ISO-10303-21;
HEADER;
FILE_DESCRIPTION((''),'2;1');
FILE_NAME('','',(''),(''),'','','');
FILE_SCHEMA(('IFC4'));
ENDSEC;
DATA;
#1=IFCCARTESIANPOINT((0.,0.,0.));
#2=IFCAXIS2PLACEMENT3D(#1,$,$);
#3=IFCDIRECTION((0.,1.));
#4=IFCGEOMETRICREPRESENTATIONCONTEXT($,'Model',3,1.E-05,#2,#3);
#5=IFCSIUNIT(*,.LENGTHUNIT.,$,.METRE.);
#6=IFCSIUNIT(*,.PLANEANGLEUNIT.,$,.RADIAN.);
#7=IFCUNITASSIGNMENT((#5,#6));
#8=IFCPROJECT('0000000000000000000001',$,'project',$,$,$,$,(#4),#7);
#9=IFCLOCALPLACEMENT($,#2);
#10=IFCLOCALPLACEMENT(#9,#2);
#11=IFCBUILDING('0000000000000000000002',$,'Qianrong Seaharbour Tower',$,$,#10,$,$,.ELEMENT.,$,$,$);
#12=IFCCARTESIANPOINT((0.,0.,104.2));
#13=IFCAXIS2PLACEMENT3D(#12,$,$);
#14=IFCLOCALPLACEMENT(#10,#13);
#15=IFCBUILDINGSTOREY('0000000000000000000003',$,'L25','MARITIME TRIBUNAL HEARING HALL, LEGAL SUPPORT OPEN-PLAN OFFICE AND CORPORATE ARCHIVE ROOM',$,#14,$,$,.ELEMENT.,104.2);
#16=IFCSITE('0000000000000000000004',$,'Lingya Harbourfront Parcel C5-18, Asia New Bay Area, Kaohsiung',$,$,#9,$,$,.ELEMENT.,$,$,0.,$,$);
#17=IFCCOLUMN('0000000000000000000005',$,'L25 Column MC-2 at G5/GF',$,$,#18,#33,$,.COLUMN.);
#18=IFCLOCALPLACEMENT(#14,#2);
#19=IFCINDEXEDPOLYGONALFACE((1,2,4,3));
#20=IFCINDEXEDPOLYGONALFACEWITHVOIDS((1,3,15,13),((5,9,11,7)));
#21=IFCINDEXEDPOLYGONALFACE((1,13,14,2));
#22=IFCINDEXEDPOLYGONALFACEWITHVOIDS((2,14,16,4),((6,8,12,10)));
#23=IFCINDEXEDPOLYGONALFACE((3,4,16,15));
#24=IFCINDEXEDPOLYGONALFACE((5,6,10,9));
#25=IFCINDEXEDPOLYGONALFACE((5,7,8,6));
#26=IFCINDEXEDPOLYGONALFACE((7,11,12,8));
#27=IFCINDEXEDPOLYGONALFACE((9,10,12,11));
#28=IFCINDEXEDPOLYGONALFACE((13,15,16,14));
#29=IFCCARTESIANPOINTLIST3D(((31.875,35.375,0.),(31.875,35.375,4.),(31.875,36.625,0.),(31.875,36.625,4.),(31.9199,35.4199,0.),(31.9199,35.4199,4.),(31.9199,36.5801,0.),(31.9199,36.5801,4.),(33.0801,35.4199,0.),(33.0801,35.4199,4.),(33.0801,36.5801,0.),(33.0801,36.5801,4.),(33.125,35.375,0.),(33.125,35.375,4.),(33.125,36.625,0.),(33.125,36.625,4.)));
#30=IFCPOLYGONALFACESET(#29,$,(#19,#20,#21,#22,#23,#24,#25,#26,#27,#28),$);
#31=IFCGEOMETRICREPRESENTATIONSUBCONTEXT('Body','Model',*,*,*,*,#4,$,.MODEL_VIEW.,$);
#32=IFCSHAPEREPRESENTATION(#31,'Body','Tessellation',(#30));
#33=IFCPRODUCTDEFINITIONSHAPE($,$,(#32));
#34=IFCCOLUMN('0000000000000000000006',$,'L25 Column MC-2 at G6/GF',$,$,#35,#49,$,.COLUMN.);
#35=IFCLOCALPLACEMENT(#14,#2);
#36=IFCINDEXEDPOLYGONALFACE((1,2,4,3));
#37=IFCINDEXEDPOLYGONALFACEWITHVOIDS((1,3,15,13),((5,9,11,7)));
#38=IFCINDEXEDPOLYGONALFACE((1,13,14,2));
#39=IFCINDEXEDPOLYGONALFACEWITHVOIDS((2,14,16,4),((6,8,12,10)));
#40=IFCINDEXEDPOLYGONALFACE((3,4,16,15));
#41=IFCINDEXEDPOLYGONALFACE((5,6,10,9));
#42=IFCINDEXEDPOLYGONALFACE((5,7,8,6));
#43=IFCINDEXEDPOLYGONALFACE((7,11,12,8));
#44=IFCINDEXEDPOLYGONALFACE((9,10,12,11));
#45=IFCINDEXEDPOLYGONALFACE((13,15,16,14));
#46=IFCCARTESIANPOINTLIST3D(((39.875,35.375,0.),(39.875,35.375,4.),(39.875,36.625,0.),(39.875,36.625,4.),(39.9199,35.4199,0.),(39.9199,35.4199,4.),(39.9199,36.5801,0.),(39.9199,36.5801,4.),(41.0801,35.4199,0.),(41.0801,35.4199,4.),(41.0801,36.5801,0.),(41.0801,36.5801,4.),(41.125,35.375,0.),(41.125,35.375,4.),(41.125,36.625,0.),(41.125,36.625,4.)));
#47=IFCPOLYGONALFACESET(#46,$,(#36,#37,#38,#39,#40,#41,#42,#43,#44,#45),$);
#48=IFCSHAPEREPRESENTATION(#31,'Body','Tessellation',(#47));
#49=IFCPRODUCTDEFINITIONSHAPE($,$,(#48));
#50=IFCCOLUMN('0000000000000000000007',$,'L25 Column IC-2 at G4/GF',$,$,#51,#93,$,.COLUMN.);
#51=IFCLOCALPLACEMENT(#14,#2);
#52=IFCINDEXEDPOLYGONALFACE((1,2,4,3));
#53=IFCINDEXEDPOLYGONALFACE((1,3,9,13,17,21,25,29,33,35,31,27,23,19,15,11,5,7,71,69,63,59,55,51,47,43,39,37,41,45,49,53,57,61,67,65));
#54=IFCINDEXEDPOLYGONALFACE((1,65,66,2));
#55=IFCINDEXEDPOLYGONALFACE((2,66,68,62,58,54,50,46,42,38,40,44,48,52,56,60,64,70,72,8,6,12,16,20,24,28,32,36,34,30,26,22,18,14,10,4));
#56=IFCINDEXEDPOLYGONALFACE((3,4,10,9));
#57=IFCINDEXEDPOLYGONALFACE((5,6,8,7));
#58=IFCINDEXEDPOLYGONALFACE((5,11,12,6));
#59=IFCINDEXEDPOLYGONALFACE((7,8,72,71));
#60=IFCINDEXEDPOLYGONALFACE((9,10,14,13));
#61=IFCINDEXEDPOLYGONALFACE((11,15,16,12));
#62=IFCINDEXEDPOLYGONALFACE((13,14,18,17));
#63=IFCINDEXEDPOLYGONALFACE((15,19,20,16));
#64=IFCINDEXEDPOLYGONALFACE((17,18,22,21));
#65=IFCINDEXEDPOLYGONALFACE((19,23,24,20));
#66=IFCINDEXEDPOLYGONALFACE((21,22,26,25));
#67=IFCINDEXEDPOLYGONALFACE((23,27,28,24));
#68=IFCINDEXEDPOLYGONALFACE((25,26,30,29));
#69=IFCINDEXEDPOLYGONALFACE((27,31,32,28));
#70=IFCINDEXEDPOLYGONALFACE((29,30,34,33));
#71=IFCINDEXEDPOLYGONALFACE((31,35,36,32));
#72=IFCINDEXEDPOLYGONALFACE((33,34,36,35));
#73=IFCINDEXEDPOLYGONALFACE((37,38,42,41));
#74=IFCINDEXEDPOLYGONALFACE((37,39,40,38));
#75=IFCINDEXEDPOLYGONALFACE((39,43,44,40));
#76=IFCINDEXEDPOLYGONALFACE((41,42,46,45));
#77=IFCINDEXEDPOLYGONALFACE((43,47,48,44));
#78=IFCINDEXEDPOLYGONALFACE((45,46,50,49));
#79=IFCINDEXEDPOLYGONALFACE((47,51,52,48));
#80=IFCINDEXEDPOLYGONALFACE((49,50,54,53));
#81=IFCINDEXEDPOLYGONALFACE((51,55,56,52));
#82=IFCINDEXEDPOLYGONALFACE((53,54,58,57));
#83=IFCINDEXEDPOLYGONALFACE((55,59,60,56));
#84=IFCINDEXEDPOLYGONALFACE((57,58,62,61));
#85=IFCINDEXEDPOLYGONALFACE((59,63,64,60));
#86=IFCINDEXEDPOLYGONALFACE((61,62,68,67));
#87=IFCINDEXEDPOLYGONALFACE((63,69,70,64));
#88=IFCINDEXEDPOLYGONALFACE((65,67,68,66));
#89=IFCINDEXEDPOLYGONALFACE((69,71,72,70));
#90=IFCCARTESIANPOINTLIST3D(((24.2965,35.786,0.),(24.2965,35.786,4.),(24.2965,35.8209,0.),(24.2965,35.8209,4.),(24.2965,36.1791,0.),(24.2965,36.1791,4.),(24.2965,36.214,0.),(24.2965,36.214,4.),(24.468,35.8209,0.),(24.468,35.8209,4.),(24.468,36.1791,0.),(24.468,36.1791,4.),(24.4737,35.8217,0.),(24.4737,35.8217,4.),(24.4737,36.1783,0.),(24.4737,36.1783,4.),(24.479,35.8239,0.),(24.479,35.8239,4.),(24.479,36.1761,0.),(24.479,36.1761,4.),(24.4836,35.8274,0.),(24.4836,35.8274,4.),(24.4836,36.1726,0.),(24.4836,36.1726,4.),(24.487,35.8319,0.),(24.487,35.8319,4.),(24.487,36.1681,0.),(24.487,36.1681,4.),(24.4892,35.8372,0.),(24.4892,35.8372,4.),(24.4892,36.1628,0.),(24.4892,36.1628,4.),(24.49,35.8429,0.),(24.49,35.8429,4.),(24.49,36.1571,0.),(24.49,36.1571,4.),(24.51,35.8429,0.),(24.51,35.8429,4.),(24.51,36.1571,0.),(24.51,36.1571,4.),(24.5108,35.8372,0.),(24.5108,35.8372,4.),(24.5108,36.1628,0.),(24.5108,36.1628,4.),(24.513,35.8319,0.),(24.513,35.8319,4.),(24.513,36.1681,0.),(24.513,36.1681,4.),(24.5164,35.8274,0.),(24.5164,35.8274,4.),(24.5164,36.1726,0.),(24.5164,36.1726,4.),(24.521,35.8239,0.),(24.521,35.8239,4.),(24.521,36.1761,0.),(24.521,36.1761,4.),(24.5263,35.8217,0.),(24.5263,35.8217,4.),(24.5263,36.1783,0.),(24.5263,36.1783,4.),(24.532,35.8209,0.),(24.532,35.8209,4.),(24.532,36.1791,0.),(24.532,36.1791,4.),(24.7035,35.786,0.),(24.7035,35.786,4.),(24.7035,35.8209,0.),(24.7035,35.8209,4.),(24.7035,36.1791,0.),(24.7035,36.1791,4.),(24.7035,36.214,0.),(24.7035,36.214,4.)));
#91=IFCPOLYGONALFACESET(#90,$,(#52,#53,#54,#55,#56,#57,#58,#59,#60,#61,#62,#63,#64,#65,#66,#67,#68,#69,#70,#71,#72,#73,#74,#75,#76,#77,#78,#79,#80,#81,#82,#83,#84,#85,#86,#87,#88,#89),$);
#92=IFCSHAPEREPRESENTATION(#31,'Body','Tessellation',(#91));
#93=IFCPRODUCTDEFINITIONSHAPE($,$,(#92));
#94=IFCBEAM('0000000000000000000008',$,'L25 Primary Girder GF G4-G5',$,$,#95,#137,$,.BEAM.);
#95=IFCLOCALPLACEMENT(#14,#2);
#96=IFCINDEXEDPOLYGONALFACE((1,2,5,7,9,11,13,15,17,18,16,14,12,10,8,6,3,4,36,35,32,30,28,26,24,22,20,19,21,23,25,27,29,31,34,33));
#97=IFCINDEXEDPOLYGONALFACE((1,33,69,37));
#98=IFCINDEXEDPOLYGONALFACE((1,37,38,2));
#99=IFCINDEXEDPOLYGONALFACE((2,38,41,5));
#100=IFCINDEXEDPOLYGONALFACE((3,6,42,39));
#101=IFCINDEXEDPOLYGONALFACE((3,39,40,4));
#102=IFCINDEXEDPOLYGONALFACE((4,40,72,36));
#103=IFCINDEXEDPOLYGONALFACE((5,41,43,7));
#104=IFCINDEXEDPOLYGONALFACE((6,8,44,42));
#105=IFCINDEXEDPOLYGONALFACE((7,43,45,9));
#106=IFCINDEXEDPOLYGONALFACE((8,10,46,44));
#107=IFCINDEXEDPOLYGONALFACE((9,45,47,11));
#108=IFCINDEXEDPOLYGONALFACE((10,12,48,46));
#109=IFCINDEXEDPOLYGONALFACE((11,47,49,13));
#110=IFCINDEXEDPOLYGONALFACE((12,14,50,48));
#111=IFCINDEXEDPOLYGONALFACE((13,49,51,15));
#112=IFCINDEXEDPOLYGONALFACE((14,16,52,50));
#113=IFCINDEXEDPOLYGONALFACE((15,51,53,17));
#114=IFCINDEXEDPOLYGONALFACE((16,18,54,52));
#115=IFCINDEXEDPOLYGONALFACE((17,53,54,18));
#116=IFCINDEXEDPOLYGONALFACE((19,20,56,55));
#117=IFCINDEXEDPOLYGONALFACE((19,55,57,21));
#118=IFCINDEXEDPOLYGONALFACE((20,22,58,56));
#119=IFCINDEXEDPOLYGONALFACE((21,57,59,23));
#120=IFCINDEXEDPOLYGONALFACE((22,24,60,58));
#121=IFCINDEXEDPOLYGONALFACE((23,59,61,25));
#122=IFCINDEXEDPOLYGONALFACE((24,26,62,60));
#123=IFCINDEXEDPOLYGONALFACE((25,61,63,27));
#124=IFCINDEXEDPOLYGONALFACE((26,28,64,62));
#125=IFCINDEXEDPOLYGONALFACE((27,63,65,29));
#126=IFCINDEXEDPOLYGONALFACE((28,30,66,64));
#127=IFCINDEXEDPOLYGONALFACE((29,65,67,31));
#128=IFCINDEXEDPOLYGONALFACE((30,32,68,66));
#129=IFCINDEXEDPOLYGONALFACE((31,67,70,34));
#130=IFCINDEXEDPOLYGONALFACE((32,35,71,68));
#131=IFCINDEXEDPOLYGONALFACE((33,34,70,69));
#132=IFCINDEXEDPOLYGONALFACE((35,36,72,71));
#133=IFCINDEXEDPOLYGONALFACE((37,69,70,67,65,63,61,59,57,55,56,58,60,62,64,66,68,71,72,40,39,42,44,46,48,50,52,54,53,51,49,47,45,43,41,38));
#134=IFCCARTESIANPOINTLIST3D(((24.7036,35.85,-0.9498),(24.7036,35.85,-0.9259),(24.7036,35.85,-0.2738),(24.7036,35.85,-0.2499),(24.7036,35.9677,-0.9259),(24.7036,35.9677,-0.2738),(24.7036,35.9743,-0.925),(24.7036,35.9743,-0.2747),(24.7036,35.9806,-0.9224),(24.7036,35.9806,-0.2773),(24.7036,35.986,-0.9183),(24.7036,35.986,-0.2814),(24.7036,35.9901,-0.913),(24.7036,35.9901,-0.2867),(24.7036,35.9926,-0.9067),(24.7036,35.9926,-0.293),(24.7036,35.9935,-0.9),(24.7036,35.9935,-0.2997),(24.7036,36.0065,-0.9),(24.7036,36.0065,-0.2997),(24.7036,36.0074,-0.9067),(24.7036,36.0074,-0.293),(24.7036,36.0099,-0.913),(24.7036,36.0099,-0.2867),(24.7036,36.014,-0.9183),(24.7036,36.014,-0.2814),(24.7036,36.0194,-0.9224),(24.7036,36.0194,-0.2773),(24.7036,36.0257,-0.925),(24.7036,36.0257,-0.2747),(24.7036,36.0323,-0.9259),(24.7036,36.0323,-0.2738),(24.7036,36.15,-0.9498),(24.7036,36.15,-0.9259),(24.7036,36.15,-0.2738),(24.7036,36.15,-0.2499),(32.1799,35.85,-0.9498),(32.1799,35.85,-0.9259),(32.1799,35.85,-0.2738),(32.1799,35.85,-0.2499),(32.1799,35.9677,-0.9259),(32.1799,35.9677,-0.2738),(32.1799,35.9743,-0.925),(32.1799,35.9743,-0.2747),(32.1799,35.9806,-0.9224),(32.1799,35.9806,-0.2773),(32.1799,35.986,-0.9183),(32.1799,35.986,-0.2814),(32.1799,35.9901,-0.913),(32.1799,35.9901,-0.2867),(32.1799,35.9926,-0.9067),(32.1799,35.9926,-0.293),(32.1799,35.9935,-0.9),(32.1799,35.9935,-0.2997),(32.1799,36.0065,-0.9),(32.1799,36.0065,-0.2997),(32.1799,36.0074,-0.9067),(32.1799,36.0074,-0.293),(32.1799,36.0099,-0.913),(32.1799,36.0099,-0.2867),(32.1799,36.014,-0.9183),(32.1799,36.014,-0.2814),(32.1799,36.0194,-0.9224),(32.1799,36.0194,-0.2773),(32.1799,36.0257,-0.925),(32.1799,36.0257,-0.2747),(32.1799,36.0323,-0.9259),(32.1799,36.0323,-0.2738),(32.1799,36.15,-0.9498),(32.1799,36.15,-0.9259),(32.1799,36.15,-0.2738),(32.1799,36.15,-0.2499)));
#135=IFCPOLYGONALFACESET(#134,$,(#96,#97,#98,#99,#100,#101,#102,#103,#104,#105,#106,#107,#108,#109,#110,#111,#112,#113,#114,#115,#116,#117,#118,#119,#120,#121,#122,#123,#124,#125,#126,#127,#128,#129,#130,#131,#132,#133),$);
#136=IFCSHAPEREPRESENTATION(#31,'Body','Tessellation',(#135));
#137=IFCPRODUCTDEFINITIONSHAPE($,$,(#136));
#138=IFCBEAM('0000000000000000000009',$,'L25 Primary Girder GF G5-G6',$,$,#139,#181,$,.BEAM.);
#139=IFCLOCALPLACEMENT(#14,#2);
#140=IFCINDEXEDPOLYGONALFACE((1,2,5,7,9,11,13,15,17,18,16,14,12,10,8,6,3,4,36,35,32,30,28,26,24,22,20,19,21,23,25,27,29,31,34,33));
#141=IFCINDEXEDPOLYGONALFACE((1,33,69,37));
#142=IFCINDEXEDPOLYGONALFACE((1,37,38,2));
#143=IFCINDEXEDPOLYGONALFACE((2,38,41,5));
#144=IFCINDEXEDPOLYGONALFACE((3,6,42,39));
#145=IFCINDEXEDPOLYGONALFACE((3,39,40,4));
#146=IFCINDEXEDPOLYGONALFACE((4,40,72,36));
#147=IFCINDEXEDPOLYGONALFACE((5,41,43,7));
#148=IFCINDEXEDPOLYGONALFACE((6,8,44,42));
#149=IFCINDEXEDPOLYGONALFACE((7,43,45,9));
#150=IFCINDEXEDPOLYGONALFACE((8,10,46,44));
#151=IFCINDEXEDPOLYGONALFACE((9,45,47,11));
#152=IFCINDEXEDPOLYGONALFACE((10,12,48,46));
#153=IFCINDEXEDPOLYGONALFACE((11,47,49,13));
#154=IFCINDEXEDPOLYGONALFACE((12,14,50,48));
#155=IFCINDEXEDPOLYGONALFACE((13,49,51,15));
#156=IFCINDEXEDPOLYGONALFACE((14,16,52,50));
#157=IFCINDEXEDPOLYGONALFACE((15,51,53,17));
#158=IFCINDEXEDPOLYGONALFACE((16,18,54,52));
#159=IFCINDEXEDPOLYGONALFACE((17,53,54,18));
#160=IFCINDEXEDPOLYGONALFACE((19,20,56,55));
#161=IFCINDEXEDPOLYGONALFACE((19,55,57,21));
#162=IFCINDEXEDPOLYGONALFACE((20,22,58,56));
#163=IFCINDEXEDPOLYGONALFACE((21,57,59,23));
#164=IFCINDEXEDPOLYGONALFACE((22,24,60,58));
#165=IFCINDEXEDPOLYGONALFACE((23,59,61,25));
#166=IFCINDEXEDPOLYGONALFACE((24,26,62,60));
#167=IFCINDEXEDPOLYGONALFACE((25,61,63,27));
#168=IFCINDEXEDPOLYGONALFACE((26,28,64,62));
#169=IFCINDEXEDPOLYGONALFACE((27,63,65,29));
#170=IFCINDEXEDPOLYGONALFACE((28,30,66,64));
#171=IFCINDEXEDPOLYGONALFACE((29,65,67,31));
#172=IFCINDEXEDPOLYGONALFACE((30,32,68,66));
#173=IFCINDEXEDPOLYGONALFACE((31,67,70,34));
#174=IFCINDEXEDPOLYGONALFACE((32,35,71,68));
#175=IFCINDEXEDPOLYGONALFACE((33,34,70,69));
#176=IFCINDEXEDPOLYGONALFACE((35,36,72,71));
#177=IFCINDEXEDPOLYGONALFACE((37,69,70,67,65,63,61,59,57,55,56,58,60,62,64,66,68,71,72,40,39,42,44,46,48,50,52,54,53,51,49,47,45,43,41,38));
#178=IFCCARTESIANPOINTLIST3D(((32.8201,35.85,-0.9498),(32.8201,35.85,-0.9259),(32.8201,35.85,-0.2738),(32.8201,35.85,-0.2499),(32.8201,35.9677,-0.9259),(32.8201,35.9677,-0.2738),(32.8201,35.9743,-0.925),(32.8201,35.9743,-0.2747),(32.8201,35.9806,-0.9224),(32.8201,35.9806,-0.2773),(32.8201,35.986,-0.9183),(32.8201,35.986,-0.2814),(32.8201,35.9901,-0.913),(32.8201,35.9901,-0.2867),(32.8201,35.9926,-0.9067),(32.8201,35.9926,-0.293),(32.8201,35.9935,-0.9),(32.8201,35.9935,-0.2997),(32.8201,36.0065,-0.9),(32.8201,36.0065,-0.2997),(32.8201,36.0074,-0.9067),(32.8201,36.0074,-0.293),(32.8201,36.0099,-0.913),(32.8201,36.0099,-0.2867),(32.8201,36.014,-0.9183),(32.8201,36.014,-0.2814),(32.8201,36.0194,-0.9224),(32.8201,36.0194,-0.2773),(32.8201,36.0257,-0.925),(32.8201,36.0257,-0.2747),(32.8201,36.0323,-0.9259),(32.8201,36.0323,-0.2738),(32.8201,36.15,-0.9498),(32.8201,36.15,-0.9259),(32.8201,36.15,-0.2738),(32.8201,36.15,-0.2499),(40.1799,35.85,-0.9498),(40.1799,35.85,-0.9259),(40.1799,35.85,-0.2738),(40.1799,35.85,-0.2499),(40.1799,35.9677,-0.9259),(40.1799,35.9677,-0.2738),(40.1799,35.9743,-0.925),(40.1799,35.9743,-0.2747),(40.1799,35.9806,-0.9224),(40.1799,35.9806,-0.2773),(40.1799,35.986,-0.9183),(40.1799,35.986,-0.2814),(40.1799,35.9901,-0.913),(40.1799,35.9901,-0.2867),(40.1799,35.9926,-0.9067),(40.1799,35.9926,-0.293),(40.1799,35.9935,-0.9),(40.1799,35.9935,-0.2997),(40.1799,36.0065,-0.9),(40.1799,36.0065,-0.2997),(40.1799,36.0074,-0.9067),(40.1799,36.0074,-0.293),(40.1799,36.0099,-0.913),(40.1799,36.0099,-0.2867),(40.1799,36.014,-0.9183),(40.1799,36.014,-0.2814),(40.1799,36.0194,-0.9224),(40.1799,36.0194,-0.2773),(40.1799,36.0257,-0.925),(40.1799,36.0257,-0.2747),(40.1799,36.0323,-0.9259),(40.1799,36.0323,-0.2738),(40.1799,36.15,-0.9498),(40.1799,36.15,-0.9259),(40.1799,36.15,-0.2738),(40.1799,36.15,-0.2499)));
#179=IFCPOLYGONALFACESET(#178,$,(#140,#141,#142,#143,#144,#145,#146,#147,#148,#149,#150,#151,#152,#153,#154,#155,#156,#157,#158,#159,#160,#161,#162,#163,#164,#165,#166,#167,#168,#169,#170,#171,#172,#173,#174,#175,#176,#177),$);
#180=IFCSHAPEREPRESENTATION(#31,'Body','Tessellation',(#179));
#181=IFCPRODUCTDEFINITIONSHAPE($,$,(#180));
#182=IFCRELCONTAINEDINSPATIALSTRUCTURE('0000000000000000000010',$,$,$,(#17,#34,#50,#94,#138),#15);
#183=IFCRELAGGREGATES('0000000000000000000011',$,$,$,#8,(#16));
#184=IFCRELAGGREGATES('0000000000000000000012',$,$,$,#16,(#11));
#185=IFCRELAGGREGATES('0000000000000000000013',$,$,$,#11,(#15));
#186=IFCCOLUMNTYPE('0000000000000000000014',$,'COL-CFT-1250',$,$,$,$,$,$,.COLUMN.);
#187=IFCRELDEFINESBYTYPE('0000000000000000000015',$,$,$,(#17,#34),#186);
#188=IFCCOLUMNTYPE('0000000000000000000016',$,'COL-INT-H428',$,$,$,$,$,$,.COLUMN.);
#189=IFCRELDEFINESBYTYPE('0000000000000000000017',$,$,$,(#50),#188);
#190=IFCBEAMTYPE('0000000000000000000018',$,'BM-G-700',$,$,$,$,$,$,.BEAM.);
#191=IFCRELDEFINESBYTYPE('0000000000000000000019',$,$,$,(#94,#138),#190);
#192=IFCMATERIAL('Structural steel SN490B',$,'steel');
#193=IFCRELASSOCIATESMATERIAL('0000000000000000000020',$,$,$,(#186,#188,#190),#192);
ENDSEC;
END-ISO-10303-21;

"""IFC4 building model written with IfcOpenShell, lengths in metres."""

from ifc_helpers import new_model, si_unit, direction, frame, origin, origin_2d, place, context, subcontext, project, spatial, hollow_rectangle, i_section, extrude, material, material_profile, profile_set, type_object, element, save


model = new_model("IFC4")

# Units and contexts
model_context = context("Model", 3, precision=1e-05, world=origin(), true_north=direction((0.0, 1.0)))
body_context = subcontext(model_context, "Body", "Model", "MODEL_VIEW")
ifc_project = project(units=[si_unit("LENGTHUNIT", "METRE"), si_unit("PLANEANGLEUNIT", "RADIAN")], contexts=[model_context])

# Site, building, storey
site_placement = place(None, origin())
site = spatial("IfcSite", under=ifc_project, at=site_placement, Name="Lingya Harbourfront Parcel C5-18, Asia New Bay Area, Kaohsiung", CompositionType="ELEMENT", RefElevation=0.0)
building_placement = place(site_placement, origin())
building = spatial("IfcBuilding", under=site, at=building_placement, Name="Qianrong Seaharbour Tower", CompositionType="ELEMENT")
storey_placement = place(building_placement, frame((0.0, 0.0, 104.2)))
storey = spatial("IfcBuildingStorey", under=building, at=storey_placement, Name="L25", Description="MARITIME TRIBUNAL HEARING HALL, LEGAL SUPPORT OPEN-PLAN OFFICE AND CORPORATE ARCHIVE ROOM", CompositionType="ELEMENT", Elevation=104.2)

# Columns
ifc_material_1 = material(Name="Structural steel SN490B", Category="steel")
ifc_material_profile_1 = material_profile(ifc_material_1, hollow_rectangle(XDim=1.25, YDim=1.25, WallThickness=0.0449, at=origin_2d()), Name="BOX1250x1250x45")
ifc_profile_set_1 = profile_set([ifc_material_profile_1], Name="Structural steel SN490B")
column_type_1 = type_object("IfcColumnType", Name="COL-CFT-1250", PredefinedType="COLUMN", material=ifc_profile_set_1)
for number, where, z_axis, x_axis, name in (
    (1, (32.5, 36.0, 0.0), (0.0, 0.0, 1.0), (1.0, 0.0, 0.0), "L25 Column MC-2 at G5/GF"),
    (2, (40.5, 36.0, 0.0), (0.0, 0.0, 1.0), (1.0, 0.0, 0.0), "L25 Column MC-2 at G6/GF"),
):
    element("IfcColumn", number, at=place(storey_placement, frame(where, z_axis=z_axis, x_axis=x_axis)), inside=storey, type_object=column_type_1, Name=name, PredefinedType="COLUMN", context=body_context, shape_type="SweptSolid", body=[
        extrude(hollow_rectangle(XDim=1.25, YDim=1.25, WallThickness=0.0449, at=origin_2d()), origin(), (0.0, 0.0, 1.0), 4.0),
    ])
ifc_material_profile_2 = material_profile(ifc_material_1, i_section(OverallWidth=0.407, OverallDepth=0.428, WebThickness=0.02, FlangeThickness=0.0349, FilletRadius=0.022, at=origin_2d()), Name="H428x407x20x35")
ifc_profile_set_2 = profile_set([ifc_material_profile_2], Name="Structural steel SN490B")
column_type_2 = type_object("IfcColumnType", Name="COL-INT-H428", PredefinedType="COLUMN", material=ifc_profile_set_2)
column_placement = place(storey_placement, frame((24.5, 36.0, 0.0), z_axis=(0.0, 0.0, 1.0), x_axis=(1.0, 0.0, 0.0)))
element("IfcColumn", 3, at=column_placement, inside=storey, type_object=column_type_2, Name="L25 Column IC-2 at G4/GF", PredefinedType="COLUMN", context=body_context, shape_type="SweptSolid", body=[
    extrude(i_section(OverallWidth=0.407, OverallDepth=0.428, WebThickness=0.02, FlangeThickness=0.0349, FilletRadius=0.022, at=origin_2d()), origin(), (0.0, 0.0, 1.0), 4.0),
])

# Beams
ifc_material_profile_3 = material_profile(ifc_material_1, i_section(OverallWidth=0.3, OverallDepth=0.7, WebThickness=0.0129, FlangeThickness=0.0239, FilletRadius=0.0259, at=origin_2d()), Name="H700x300x13x24")
ifc_profile_set_3 = profile_set([ifc_material_profile_3], Name="Structural steel SN490B")
beam_type_1 = type_object("IfcBeamType", Name="BM-G-700", PredefinedType="BEAM", material=ifc_profile_set_3)
beam_1_placement = place(storey_placement, frame((24.7036, 36.0, -0.5999), z_axis=(1.0, 0.0, 0.0), x_axis=(0.0, 1.0, 0.0)))
element("IfcBeam", 4, at=beam_1_placement, inside=storey, type_object=beam_type_1, Name="L25 Primary Girder GF G4-G5", PredefinedType="BEAM", context=body_context, shape_type="SweptSolid", body=[
    extrude(i_section(OverallWidth=0.3, OverallDepth=0.7, WebThickness=0.0129, FlangeThickness=0.0239, FilletRadius=0.0259, at=origin_2d()), origin(), (0.0, 0.0, 1.0), 7.4763),
])
beam_2_placement = place(storey_placement, frame((32.8201, 36.0, -0.5999), z_axis=(1.0, 0.0, 0.0), x_axis=(0.0, 1.0, 0.0)))
element("IfcBeam", 5, at=beam_2_placement, inside=storey, type_object=beam_type_1, Name="L25 Primary Girder GF G5-G6", PredefinedType="BEAM", context=body_context, shape_type="SweptSolid", body=[
    extrude(i_section(OverallWidth=0.3, OverallDepth=0.7, WebThickness=0.0129, FlangeThickness=0.0239, FilletRadius=0.0259, at=origin_2d()), origin(), (0.0, 0.0, 1.0), 7.3599),
])

save(model, "model.ifc")
